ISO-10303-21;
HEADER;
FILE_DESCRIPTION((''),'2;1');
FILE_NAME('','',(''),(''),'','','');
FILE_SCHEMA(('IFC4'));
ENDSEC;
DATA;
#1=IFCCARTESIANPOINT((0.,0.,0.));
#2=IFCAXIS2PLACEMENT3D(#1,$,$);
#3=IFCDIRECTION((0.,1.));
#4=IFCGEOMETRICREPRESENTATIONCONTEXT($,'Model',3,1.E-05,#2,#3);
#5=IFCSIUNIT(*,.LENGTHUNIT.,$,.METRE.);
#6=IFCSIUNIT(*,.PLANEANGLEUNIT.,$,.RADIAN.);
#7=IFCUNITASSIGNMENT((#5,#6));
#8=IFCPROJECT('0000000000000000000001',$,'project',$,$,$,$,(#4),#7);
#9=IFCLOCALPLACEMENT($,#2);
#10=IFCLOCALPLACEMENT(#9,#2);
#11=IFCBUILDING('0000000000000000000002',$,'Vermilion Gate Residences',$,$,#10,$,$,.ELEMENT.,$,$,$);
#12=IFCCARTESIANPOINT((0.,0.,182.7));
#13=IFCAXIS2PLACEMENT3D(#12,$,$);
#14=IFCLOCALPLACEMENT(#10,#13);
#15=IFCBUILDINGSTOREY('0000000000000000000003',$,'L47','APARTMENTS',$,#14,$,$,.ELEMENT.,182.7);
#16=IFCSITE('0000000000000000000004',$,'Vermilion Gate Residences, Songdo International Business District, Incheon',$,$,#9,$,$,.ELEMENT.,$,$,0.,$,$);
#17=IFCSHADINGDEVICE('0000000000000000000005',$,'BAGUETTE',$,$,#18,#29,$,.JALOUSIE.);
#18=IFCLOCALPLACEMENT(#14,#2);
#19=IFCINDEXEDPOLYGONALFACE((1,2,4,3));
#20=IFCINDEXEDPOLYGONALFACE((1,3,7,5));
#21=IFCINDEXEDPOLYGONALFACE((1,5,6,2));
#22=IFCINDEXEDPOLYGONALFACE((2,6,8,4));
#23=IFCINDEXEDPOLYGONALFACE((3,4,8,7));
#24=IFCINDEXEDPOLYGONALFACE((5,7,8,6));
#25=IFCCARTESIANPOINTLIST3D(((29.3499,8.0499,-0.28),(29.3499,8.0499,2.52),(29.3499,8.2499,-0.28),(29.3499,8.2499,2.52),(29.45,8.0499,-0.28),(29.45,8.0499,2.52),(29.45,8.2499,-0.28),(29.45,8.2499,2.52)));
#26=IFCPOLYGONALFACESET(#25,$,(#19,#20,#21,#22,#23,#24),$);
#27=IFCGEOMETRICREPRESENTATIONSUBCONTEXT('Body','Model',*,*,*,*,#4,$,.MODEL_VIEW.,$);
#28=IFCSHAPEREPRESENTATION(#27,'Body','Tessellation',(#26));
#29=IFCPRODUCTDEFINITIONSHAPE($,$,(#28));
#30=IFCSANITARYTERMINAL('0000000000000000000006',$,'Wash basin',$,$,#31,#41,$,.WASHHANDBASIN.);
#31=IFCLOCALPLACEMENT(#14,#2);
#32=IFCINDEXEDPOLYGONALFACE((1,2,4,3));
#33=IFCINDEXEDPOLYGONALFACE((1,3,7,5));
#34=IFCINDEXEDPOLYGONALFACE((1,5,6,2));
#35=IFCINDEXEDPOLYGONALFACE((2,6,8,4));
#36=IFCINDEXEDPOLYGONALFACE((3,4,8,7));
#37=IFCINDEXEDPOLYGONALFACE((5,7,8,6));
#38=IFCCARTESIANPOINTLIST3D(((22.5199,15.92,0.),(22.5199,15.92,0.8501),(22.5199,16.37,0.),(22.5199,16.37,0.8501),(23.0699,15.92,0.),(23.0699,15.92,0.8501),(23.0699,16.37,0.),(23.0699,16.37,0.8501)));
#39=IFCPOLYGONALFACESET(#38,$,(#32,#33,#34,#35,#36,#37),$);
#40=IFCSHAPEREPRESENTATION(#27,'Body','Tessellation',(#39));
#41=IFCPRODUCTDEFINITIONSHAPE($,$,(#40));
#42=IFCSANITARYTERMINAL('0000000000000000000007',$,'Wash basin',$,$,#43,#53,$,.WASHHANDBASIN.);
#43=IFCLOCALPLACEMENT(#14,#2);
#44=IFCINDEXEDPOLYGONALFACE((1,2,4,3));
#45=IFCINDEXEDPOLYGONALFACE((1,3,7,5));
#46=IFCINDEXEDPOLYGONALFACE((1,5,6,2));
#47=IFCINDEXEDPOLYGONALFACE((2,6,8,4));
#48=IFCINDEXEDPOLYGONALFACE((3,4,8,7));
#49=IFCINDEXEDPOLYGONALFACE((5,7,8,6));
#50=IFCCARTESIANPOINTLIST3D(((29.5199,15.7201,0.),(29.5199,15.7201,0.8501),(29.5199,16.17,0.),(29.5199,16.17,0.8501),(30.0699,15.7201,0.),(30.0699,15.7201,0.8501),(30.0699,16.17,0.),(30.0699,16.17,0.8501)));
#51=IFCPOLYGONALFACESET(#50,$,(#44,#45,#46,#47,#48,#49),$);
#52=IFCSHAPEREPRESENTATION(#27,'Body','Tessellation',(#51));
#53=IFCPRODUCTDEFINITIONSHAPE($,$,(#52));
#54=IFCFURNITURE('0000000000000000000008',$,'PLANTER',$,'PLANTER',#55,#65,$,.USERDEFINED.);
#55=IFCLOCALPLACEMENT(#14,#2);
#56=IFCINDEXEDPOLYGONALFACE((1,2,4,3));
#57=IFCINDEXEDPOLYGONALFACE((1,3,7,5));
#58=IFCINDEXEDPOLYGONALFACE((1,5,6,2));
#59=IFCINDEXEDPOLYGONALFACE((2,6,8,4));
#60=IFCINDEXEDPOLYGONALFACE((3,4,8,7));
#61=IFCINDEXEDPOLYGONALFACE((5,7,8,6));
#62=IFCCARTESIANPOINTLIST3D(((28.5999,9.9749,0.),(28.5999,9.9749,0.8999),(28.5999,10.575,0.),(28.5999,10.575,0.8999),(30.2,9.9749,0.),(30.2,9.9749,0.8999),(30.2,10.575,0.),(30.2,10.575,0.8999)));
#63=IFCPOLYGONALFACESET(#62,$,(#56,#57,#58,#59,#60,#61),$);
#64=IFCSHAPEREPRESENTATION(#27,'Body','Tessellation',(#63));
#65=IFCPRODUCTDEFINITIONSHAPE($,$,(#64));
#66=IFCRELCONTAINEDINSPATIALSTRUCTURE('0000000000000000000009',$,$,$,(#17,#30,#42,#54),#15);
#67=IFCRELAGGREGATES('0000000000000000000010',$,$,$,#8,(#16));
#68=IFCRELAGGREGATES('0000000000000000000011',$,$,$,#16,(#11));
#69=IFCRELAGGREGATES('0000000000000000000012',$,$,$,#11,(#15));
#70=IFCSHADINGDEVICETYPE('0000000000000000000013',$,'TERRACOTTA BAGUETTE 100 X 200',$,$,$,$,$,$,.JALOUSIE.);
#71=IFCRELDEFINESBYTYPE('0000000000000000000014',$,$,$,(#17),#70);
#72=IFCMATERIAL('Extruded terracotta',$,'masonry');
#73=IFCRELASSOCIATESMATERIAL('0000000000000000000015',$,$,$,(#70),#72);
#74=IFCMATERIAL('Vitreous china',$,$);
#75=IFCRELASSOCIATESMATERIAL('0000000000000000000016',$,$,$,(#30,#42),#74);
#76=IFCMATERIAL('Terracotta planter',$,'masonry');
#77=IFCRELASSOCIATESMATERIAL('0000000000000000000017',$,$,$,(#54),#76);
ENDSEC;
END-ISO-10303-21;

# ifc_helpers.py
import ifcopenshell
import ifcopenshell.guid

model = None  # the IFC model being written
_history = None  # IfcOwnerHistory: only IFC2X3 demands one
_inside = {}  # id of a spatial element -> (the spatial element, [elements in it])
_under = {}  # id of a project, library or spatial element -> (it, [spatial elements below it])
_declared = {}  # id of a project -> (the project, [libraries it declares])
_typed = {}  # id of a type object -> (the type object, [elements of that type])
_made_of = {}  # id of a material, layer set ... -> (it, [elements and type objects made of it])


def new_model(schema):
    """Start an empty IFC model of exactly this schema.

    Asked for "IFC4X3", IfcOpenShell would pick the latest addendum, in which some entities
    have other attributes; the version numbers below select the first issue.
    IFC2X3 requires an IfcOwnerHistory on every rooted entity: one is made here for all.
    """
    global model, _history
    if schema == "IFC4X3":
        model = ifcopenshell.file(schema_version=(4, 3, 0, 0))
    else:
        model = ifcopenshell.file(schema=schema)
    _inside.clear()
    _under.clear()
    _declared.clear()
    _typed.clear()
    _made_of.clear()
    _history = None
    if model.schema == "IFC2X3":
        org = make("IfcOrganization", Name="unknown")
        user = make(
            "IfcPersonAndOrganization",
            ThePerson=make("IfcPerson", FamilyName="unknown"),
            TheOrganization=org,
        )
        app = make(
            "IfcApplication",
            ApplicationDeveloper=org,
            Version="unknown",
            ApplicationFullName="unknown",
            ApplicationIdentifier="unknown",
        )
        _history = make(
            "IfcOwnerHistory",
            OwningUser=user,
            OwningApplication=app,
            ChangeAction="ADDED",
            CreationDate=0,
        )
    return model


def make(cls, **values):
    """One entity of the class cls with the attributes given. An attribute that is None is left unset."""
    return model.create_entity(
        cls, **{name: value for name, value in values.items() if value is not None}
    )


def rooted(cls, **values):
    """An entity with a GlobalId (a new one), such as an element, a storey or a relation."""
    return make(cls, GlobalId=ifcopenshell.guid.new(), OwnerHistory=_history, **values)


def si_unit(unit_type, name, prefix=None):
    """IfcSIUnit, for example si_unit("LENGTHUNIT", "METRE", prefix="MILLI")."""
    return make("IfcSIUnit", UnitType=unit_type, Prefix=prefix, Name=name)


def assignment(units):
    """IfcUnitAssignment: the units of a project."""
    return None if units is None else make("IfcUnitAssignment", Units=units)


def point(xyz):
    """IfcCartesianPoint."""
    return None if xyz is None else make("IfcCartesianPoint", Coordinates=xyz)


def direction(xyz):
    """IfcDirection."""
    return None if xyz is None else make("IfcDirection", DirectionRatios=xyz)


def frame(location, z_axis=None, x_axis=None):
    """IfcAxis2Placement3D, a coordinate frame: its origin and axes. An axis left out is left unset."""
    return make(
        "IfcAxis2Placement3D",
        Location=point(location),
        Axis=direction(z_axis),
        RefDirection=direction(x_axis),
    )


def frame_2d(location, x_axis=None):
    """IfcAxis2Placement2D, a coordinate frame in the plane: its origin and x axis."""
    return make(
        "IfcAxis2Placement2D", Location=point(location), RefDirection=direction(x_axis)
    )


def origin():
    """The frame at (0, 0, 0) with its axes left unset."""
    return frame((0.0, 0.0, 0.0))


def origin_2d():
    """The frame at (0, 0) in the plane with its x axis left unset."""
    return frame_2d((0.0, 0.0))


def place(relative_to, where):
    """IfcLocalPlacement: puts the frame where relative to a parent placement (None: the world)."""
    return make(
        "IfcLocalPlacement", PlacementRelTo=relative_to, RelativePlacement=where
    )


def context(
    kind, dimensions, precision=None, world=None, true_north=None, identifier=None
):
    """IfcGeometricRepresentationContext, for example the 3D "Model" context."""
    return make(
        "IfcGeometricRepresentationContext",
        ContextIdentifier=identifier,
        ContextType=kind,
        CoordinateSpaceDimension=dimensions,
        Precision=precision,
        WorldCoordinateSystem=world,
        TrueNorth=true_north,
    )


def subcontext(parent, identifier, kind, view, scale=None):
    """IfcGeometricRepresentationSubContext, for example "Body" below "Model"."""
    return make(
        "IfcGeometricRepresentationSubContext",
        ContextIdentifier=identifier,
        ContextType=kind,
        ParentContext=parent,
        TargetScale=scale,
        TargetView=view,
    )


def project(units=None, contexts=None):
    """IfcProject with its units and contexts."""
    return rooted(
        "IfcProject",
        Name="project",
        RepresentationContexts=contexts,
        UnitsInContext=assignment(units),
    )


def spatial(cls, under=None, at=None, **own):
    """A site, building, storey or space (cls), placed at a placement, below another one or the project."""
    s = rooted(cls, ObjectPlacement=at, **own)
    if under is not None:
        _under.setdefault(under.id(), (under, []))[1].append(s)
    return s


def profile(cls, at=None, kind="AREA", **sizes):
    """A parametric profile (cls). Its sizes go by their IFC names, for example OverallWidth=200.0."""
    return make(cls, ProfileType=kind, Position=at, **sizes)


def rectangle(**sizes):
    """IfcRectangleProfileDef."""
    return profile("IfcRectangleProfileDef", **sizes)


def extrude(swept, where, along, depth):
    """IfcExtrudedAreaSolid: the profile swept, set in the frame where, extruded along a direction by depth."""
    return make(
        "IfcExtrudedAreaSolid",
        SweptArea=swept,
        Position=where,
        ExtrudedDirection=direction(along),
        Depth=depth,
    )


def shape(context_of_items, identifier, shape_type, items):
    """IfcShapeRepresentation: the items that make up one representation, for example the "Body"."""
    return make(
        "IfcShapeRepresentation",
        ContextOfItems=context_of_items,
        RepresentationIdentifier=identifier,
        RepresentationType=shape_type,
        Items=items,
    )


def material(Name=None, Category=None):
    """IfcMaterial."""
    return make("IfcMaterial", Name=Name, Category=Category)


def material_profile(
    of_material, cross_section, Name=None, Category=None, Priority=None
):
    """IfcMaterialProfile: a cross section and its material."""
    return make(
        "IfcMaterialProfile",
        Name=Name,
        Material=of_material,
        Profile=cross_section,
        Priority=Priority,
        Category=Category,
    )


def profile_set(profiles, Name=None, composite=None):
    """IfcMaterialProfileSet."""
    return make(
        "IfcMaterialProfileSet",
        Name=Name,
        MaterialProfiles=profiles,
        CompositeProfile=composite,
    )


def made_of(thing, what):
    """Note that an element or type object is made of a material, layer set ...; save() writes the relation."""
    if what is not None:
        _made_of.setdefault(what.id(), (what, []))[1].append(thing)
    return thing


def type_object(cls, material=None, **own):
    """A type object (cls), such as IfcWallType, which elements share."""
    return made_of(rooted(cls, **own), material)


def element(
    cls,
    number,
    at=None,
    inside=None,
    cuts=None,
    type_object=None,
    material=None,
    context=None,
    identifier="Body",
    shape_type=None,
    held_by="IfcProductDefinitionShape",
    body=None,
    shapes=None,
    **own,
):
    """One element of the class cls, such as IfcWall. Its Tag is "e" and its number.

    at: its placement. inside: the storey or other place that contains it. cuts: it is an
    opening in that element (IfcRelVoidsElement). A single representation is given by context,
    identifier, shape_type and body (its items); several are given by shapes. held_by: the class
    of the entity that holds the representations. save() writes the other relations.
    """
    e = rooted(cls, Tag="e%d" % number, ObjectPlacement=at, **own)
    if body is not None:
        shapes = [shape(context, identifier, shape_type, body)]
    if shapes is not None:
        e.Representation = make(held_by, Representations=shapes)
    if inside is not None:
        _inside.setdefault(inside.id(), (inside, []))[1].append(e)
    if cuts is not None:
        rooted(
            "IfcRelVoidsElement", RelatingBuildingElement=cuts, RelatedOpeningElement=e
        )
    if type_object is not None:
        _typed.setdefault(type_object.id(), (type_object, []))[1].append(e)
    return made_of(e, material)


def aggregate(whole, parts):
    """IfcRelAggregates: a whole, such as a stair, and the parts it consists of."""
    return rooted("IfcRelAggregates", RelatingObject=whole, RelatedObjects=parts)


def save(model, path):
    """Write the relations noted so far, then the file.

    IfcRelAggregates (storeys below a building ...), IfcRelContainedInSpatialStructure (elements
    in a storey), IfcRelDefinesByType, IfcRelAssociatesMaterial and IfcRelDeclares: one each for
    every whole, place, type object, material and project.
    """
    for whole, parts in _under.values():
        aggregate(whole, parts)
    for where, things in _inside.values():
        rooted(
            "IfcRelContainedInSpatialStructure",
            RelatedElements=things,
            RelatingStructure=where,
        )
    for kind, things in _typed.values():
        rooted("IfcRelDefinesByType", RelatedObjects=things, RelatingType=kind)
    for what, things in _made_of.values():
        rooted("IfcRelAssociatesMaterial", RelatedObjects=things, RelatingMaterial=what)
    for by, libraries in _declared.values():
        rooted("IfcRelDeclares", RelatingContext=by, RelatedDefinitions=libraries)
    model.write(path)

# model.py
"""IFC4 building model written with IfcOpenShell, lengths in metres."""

from ifc_helpers import new_model, si_unit, direction, frame, origin, origin_2d, place, context, subcontext, project, spatial, rectangle, extrude, material, material_profile, profile_set, type_object, element, save


model = new_model("IFC4")

# Units and contexts
model_context = context("Model", 3, precision=1e-05, world=origin(), true_north=direction((0.0, 1.0)))
body_context = subcontext(model_context, "Body", "Model", "MODEL_VIEW")
ifc_project = project(units=[si_unit("LENGTHUNIT", "METRE"), si_unit("PLANEANGLEUNIT", "RADIAN")], contexts=[model_context])

# Site, building, storey
site_placement = place(None, origin())
site = spatial("IfcSite", under=ifc_project, at=site_placement, Name="Vermilion Gate Residences, Songdo International Business District, Incheon", CompositionType="ELEMENT", RefElevation=0.0)
building_placement = place(site_placement, origin())
building = spatial("IfcBuilding", under=site, at=building_placement, Name="Vermilion Gate Residences", CompositionType="ELEMENT")
storey_placement = place(building_placement, frame((0.0, 0.0, 182.7)))
storey = spatial("IfcBuildingStorey", under=building, at=storey_placement, Name="L47", Description="APARTMENTS", CompositionType="ELEMENT", Elevation=182.7)

# Shading device
ifc_material_1 = material(Name="Extruded terracotta", Category="masonry")
ifc_material_profile_1 = material_profile(ifc_material_1, rectangle(XDim=0.2, YDim=0.1001, at=origin_2d()), Name="BAGUETTE 100 X 200")
ifc_profile_set_1 = profile_set([ifc_material_profile_1], Name="Extruded terracotta")
shading_device_type_1 = type_object("IfcShadingDeviceType", Name="TERRACOTTA BAGUETTE 100 X 200", PredefinedType="JALOUSIE", material=ifc_profile_set_1)
shading_device_1_placement = place(storey_placement, frame((29.3999, 8.1499, -0.28), z_axis=(0.0, 0.0, 1.0), x_axis=(0.0, 1.0, 0.0)))
element("IfcShadingDevice", 1, at=shading_device_1_placement, inside=storey, type_object=shading_device_type_1, Name="BAGUETTE", PredefinedType="JALOUSIE", context=body_context, shape_type="SweptSolid", body=[
    extrude(rectangle(XDim=0.2, YDim=0.1001, at=origin_2d()), origin(), (0.0, 0.0, 1.0), 2.8),
])

# Sanitary terminals
ifc_material_2 = material(Name="Vitreous china")
for number, where, z_axis, x_axis, name in (
    (2, (22.7949, 16.145, 0.0), (0.0, 0.0, 1.0), (1.0, 0.0, 0.0), "Wash basin"),
    (3, (29.7949, 15.9451, 0.0), (0.0, 0.0, 1.0), (1.0, 0.0, 0.0), "Wash basin"),
):
    element("IfcSanitaryTerminal", number, at=place(storey_placement, frame(where, z_axis=z_axis, x_axis=x_axis)), inside=storey, material=ifc_material_2, Name=name, PredefinedType="WASHHANDBASIN", context=body_context, shape_type="SweptSolid", body=[
        extrude(rectangle(XDim=0.55, YDim=0.45, at=origin_2d()), origin(), (0.0, 0.0, 1.0), 0.8501),
    ])

# Furniture
ifc_material_3 = material(Name="Terracotta planter", Category="masonry")
furniture_placement = place(storey_placement, frame((29.3999, 10.2749, 0.0), z_axis=(0.0, 0.0, 1.0), x_axis=(1.0, 0.0, 0.0)))
element("IfcFurniture", 4, at=furniture_placement, inside=storey, material=ifc_material_3, Name="PLANTER", ObjectType="PLANTER", PredefinedType="USERDEFINED", context=body_context, shape_type="SweptSolid", body=[
    extrude(rectangle(XDim=1.6001, YDim=0.6001, at=origin_2d()), origin(), (0.0, 0.0, 1.0), 0.8999),
])

save(model, "model.ifc")
